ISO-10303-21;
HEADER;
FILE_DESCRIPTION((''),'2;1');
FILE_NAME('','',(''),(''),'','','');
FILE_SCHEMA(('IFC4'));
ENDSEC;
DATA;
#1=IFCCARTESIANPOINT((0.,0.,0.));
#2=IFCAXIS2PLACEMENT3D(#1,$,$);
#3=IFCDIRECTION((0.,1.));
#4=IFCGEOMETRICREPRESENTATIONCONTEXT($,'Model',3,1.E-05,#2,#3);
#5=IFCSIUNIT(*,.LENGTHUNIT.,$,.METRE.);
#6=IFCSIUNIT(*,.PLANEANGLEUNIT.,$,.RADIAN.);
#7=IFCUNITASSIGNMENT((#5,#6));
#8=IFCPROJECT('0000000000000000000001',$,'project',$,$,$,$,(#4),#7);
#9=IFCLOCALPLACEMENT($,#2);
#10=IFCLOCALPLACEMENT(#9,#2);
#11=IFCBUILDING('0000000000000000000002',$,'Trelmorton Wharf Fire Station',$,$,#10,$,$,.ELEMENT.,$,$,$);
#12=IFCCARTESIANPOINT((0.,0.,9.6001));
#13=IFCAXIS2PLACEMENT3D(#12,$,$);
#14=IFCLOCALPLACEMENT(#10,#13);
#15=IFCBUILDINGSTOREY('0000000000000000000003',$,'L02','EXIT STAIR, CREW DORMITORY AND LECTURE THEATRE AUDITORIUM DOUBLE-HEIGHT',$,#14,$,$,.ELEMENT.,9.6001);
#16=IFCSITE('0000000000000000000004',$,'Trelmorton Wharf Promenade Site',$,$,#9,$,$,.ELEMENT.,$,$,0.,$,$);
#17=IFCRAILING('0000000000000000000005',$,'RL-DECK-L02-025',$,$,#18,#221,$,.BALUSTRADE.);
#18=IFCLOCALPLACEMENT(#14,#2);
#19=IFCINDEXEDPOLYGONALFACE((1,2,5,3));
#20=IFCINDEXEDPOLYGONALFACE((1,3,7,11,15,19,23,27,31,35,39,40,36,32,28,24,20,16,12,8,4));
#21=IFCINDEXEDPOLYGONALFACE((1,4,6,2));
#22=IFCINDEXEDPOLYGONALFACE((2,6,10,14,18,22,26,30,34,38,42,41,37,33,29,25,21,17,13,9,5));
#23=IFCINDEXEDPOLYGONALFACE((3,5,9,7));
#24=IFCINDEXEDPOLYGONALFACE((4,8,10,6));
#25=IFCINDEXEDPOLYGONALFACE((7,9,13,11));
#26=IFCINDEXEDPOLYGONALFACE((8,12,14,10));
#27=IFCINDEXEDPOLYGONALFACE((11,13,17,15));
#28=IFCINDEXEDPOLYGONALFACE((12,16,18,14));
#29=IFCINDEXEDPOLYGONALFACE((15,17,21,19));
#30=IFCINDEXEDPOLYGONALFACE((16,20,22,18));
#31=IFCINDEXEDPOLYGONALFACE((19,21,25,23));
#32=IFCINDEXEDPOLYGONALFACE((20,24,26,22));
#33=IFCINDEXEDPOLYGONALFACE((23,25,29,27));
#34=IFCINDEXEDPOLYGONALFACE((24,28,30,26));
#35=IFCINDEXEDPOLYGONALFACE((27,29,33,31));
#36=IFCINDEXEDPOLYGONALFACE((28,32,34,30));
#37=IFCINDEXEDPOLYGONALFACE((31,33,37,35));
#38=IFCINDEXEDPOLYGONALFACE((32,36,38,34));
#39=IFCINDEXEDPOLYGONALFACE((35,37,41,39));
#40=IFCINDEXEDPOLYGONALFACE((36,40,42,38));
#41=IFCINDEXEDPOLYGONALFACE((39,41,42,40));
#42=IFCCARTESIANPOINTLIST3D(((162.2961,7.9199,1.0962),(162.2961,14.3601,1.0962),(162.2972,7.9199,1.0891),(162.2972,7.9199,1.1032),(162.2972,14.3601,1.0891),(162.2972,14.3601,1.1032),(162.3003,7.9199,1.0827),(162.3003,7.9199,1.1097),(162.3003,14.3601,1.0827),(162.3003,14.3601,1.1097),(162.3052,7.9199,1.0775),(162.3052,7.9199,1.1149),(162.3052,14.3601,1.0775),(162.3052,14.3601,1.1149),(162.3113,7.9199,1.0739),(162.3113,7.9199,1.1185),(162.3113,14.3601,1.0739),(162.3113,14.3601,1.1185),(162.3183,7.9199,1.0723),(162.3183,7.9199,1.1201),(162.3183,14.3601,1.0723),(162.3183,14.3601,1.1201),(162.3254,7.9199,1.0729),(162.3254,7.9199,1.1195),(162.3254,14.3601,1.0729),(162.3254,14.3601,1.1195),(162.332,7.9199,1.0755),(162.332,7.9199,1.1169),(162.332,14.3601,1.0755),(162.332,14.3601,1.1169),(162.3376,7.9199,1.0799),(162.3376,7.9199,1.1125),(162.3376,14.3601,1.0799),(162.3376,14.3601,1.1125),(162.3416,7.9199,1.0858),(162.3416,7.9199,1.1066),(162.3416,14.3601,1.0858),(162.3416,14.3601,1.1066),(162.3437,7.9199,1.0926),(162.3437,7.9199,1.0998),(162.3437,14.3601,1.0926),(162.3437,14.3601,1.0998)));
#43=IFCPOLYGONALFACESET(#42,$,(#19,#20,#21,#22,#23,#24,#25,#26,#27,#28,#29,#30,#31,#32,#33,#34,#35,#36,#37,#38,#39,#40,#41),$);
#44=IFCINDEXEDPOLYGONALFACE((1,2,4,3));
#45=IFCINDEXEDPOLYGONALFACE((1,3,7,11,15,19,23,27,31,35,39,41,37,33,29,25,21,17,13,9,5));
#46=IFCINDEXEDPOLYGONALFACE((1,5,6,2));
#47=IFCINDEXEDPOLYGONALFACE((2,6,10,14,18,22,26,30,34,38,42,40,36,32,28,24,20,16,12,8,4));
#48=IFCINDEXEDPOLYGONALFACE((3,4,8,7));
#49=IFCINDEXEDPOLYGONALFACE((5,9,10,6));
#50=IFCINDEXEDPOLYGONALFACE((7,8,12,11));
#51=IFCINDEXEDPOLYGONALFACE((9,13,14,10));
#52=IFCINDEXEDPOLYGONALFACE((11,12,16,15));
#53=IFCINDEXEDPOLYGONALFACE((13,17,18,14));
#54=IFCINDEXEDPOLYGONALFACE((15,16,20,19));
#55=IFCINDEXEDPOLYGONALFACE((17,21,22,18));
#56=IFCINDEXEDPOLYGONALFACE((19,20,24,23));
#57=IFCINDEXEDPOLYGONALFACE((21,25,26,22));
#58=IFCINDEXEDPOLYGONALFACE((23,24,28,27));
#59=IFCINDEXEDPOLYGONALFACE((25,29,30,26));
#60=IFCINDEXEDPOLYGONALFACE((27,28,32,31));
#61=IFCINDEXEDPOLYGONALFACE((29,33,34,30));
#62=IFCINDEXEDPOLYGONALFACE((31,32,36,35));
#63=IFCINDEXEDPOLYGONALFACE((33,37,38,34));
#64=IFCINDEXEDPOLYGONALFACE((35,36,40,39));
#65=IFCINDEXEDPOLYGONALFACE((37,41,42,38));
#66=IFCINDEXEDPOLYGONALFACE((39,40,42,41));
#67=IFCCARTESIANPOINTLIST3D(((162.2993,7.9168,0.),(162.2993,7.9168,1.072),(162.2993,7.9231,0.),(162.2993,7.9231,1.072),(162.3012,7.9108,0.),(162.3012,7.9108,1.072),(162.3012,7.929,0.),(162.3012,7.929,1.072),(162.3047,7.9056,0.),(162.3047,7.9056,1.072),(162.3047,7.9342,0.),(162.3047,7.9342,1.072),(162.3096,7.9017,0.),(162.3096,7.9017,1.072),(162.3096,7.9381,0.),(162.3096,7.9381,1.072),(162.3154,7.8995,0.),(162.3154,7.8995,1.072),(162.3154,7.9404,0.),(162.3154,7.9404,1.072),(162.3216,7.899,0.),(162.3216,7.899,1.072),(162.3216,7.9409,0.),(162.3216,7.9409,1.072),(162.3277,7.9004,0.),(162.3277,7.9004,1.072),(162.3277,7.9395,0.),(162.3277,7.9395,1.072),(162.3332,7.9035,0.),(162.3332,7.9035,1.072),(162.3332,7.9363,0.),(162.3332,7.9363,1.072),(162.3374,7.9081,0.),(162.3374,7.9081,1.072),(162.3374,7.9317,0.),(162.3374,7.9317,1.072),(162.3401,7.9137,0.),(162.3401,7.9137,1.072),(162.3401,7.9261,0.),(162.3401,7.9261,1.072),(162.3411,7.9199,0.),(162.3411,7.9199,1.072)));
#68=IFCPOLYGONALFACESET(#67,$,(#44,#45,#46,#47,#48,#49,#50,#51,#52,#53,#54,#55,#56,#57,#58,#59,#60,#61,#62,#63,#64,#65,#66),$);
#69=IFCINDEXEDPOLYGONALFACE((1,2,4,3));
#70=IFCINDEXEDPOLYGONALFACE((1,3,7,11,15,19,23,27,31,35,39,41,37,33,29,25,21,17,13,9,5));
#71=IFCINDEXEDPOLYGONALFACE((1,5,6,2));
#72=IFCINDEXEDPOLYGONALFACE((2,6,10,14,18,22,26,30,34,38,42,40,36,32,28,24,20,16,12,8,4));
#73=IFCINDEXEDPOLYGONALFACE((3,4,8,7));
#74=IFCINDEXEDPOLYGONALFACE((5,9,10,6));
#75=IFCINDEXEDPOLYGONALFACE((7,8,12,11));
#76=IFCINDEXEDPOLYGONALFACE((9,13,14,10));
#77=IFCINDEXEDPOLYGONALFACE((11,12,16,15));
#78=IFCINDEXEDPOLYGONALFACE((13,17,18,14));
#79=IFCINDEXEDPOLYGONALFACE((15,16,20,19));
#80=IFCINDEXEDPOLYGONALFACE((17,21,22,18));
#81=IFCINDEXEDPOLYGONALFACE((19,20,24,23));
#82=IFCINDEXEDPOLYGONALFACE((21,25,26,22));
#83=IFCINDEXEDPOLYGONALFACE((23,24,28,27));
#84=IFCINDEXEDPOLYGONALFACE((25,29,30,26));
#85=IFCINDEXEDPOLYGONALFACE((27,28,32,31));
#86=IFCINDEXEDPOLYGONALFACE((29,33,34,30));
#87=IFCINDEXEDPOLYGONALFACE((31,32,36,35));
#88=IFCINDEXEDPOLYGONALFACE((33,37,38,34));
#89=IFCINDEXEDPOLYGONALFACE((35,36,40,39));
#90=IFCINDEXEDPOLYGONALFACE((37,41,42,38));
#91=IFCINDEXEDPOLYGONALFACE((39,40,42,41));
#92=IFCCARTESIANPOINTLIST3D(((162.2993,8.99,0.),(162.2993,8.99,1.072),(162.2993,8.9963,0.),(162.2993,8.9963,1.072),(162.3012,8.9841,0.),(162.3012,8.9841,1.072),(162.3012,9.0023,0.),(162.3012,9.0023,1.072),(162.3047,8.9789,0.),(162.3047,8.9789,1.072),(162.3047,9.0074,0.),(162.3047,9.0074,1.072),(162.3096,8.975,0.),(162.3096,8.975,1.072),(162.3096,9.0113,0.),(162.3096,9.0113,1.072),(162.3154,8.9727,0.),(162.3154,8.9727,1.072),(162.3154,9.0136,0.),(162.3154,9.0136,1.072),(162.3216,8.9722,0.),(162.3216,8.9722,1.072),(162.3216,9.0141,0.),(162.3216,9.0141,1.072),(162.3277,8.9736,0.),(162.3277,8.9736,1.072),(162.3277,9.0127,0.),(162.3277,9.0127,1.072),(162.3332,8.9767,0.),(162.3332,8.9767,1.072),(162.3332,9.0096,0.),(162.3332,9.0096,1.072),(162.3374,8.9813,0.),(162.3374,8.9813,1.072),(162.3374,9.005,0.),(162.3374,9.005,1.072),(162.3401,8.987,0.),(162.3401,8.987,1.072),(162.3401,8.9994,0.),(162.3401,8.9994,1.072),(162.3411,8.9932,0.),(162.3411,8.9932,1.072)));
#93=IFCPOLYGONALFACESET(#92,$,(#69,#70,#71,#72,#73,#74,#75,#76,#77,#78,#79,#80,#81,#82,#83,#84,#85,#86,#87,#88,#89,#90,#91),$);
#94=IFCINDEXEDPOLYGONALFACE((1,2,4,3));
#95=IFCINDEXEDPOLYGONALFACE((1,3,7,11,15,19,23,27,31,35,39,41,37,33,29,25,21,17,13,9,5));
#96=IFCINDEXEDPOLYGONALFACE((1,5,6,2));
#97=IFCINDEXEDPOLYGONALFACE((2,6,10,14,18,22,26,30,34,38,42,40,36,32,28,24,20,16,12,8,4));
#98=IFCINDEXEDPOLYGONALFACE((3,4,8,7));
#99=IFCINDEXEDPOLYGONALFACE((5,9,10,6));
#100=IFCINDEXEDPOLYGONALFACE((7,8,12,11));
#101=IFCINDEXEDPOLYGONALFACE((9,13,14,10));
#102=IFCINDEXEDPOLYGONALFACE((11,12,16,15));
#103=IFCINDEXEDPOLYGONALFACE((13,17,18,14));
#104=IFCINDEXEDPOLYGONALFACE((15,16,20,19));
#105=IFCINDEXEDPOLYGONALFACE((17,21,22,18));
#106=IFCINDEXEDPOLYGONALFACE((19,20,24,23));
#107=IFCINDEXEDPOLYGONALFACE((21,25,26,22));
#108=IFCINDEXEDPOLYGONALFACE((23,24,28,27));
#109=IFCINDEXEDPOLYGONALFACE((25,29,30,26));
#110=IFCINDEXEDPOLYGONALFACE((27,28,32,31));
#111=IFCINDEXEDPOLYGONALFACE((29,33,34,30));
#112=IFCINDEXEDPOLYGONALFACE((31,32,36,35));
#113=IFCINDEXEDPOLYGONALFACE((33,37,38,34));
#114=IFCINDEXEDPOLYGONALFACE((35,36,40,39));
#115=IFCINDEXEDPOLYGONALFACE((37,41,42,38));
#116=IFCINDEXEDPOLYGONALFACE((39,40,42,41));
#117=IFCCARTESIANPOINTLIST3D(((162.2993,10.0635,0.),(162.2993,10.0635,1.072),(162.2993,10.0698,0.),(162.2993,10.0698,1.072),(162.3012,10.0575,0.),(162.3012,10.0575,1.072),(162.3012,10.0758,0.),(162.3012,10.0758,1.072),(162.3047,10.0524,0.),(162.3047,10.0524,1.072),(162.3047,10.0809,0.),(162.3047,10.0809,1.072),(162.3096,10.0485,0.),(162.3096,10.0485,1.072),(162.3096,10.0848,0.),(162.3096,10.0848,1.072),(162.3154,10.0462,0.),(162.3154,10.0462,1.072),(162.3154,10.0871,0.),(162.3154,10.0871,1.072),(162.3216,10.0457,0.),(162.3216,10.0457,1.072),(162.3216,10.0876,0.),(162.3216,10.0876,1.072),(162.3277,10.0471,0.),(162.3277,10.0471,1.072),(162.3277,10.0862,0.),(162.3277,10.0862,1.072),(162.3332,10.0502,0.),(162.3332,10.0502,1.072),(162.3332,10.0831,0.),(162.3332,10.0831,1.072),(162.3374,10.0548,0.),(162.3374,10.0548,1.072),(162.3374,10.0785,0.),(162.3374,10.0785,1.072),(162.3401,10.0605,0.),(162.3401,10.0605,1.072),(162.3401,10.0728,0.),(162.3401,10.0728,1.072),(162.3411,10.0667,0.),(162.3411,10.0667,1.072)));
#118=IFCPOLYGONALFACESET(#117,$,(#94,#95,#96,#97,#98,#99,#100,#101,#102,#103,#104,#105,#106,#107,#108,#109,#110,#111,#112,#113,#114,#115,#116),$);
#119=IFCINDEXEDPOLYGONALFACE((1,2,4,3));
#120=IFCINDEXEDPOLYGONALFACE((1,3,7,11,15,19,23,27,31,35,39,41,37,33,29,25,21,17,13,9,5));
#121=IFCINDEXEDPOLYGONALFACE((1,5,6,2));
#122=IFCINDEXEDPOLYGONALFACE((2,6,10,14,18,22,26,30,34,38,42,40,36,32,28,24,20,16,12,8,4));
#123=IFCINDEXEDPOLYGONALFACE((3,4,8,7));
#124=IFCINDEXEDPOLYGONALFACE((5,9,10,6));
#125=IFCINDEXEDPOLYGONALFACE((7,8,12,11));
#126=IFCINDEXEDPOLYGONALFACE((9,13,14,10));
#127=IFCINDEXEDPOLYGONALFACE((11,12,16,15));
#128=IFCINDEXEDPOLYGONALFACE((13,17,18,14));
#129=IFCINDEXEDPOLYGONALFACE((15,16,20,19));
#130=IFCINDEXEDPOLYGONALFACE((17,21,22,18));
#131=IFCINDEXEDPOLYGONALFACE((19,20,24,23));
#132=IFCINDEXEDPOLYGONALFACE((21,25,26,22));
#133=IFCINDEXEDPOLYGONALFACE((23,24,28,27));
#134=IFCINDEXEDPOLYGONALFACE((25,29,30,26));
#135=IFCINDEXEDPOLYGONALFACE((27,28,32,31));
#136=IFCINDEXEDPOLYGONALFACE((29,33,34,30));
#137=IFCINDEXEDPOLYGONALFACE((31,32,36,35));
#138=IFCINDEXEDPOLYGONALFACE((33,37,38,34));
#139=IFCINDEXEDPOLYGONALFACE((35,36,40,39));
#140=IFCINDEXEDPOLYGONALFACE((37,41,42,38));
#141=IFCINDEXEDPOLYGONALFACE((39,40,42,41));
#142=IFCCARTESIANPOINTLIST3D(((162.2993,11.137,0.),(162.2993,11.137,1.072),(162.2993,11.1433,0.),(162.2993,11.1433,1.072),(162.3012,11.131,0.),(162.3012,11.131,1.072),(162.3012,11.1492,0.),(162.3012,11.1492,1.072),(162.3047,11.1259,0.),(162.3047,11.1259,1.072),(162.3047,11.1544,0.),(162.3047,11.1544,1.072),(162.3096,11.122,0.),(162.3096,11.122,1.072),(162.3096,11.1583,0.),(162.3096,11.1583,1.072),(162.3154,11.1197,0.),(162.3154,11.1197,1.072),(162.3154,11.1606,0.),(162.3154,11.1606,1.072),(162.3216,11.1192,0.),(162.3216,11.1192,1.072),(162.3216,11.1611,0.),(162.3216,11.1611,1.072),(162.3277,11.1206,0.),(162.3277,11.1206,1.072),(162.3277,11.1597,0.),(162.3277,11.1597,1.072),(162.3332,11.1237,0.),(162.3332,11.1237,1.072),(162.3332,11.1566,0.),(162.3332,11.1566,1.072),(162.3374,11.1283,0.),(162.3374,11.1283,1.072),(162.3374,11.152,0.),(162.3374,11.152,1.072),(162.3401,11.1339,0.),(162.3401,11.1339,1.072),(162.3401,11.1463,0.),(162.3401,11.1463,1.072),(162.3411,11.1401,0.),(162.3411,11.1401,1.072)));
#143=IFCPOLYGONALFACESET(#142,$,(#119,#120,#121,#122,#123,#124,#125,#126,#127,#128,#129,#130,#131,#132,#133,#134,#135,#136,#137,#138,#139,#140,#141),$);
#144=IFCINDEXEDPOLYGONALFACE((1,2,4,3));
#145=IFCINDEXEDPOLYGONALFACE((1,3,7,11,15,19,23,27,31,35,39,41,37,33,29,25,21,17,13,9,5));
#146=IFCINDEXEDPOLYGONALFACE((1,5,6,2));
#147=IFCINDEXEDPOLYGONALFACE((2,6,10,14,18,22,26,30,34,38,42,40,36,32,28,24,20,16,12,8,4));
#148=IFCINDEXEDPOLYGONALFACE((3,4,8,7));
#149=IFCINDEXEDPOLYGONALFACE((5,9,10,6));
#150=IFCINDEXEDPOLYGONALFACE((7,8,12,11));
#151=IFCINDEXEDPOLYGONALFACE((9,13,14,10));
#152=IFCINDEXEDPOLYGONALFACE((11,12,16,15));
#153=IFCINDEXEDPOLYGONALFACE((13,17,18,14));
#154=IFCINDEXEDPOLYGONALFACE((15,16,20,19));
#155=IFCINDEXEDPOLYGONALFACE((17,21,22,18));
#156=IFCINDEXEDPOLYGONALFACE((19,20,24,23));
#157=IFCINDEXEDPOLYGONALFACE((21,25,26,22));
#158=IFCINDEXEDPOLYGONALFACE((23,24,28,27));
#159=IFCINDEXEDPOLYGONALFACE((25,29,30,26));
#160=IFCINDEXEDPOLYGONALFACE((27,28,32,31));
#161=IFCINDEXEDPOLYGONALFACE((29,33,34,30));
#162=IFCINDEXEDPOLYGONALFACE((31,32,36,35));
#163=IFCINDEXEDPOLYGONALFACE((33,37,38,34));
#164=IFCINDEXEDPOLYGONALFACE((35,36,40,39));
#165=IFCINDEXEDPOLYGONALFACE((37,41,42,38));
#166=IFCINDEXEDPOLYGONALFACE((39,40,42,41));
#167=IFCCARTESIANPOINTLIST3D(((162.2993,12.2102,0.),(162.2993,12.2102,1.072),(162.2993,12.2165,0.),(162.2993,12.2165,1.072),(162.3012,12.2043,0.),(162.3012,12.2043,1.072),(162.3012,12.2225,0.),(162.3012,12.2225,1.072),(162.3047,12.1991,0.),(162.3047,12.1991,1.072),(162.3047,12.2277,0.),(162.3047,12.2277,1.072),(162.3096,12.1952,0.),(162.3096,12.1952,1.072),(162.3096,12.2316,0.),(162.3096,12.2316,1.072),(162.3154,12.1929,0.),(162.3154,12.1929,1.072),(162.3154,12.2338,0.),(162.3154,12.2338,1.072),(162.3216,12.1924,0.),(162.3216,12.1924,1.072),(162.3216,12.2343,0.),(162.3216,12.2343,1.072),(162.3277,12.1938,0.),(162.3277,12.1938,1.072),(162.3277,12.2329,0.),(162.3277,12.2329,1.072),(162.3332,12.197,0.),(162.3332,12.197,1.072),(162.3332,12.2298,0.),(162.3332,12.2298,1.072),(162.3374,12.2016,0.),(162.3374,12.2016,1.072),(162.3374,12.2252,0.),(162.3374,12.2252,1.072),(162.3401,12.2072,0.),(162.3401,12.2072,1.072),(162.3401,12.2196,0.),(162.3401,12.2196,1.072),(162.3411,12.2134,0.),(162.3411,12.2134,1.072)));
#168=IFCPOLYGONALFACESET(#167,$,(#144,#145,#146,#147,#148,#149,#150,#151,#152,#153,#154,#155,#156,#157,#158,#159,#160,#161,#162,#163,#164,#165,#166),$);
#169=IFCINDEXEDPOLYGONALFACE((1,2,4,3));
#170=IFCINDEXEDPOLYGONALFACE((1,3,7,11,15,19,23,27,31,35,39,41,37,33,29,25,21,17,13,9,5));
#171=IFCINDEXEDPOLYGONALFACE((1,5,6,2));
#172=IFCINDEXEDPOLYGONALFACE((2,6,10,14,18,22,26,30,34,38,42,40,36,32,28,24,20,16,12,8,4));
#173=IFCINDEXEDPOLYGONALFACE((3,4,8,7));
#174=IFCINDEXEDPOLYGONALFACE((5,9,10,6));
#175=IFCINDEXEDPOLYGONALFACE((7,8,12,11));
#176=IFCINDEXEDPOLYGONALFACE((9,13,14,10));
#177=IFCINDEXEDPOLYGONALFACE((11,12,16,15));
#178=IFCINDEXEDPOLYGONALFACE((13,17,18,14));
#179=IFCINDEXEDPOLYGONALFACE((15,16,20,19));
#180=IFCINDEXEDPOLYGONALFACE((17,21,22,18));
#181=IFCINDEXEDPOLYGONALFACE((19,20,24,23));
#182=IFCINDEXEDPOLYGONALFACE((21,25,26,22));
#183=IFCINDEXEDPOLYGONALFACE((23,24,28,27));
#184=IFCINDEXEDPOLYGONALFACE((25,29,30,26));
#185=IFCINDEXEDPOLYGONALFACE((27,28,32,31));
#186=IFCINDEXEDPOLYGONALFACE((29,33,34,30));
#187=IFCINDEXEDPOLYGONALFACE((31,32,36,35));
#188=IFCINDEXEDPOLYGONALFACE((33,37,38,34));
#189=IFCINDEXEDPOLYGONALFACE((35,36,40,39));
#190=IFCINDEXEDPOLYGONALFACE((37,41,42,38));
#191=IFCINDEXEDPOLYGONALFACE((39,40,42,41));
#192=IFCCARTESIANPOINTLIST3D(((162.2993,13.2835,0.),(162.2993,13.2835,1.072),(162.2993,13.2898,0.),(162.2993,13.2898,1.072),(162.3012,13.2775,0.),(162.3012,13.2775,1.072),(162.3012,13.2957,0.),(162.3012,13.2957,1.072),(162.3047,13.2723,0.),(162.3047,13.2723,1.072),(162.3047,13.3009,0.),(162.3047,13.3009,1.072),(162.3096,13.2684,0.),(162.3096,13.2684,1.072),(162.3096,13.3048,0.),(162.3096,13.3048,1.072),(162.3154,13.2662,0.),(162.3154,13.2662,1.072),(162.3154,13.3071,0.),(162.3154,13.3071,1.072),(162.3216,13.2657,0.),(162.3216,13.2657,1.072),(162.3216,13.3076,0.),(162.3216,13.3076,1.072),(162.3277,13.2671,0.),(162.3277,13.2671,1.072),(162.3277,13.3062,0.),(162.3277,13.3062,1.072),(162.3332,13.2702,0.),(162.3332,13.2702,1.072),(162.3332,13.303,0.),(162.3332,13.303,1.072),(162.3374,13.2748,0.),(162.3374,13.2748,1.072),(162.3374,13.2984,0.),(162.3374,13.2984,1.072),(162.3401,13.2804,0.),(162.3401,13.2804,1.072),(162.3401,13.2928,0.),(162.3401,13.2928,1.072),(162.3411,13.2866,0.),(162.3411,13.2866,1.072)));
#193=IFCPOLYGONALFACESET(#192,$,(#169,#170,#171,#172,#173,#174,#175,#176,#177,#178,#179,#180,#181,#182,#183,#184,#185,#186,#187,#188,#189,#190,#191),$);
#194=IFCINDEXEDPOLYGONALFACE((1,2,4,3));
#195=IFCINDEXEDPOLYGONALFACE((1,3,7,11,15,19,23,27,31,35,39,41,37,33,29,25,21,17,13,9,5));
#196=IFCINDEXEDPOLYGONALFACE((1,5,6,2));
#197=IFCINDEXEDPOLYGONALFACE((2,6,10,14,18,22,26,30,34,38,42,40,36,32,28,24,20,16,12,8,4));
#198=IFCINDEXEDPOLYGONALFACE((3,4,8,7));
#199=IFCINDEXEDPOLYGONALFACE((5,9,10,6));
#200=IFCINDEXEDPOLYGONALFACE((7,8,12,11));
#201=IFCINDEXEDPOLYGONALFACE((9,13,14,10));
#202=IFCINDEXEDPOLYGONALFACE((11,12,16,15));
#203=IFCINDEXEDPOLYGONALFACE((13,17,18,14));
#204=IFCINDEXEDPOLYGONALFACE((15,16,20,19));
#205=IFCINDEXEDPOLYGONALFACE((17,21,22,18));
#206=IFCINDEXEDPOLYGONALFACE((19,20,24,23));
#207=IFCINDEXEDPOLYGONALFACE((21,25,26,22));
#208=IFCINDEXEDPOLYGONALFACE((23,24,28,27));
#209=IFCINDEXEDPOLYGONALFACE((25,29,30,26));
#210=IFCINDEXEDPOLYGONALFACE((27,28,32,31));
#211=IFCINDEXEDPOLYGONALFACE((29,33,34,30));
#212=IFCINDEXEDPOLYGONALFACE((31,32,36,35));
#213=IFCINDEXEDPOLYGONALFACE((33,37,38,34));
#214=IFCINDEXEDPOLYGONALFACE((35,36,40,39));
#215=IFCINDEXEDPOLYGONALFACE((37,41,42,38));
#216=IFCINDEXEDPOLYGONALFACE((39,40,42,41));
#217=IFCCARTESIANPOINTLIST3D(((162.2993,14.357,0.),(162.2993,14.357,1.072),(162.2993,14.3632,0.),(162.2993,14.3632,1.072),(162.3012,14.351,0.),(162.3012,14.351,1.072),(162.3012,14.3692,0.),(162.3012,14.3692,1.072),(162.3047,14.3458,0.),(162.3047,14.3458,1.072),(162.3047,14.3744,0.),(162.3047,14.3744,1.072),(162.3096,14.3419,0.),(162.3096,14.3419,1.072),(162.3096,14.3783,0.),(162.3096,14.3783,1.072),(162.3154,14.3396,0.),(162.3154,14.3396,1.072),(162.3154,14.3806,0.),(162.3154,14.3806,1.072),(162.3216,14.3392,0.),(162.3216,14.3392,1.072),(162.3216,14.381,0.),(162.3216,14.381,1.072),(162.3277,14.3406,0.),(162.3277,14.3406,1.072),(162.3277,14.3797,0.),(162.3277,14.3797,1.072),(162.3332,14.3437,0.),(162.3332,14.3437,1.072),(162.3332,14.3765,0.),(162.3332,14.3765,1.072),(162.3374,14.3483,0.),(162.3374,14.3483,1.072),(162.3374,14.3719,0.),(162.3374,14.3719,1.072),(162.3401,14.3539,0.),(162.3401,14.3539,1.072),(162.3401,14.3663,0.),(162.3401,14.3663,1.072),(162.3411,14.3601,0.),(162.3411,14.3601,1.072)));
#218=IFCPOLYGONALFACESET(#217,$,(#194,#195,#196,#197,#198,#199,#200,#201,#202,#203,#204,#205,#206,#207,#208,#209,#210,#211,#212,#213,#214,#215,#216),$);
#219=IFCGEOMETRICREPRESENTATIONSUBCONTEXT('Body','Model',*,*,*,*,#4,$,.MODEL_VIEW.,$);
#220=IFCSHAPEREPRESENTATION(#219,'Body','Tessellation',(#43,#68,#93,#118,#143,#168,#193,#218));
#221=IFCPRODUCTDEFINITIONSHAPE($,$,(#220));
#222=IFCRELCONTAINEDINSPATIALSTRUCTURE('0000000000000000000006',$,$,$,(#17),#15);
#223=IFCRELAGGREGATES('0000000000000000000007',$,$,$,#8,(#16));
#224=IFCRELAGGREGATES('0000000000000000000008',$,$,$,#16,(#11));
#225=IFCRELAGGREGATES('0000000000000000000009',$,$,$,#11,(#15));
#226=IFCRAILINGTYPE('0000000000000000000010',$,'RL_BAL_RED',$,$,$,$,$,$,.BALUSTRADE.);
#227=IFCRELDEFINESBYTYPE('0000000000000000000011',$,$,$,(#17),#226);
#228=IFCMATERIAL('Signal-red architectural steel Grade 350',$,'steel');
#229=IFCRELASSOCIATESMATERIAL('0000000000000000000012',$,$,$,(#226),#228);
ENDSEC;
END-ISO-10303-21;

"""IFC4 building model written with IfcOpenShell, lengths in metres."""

from ifc_helpers import new_model, si_unit, direction, frame, origin, origin_2d, place, context, subcontext, project, spatial, circle, extrude, material, type_object, element, save


model = new_model("IFC4")

# Units and contexts
model_context = context("Model", 3, precision=1e-05, world=origin(), true_north=direction((0.0, 1.0)))
body_context = subcontext(model_context, "Body", "Model", "MODEL_VIEW")
ifc_project = project(units=[si_unit("LENGTHUNIT", "METRE"), si_unit("PLANEANGLEUNIT", "RADIAN")], contexts=[model_context])

# Site, building, storey
site_placement = place(None, origin())
site = spatial("IfcSite", under=ifc_project, at=site_placement, Name="Trelmorton Wharf Promenade Site", CompositionType="ELEMENT", RefElevation=0.0)
building_placement = place(site_placement, origin())
building = spatial("IfcBuilding", under=site, at=building_placement, Name="Trelmorton Wharf Fire Station", CompositionType="ELEMENT")
storey_placement = place(building_placement, frame((0.0, 0.0, 9.6001)))
storey = spatial("IfcBuildingStorey", under=building, at=storey_placement, Name="L02", Description="EXIT STAIR, CREW DORMITORY AND LECTURE THEATRE AUDITORIUM DOUBLE-HEIGHT", CompositionType="ELEMENT", Elevation=9.6001)

# Railing
ifc_material_1 = material(Name="Signal-red architectural steel Grade 350", Category="steel")
railing_type = type_object("IfcRailingType", Name="RL_BAL_RED", PredefinedType="BALUSTRADE", material=ifc_material_1)
railing_1_placement = place(storey_placement, frame((162.3201, 7.9199, 0.0)))
element("IfcRailing", 1, at=railing_1_placement, inside=storey, type_object=railing_type, Name="RL-DECK-L02-025", PredefinedType="BALUSTRADE", context=body_context, shape_type="SweptSolid", body=[
    extrude(circle(Radius=0.0239, at=origin_2d()), frame((0.0, 0.0, 1.0962), z_axis=(0.0, 1.0, 0.0), x_axis=(-1.0, 0.0, 0.0)), (0.0, 0.0, 1.0), 6.4402),
    extrude(circle(Radius=0.021, at=origin_2d()), origin(), (0.0, 0.0, 1.0), 1.072),
    extrude(circle(Radius=0.021, at=origin_2d()), frame((0.0, 1.0732, 0.0)), (0.0, 0.0, 1.0), 1.072),
    extrude(circle(Radius=0.021, at=origin_2d()), frame((0.0, 2.1467, 0.0)), (0.0, 0.0, 1.0), 1.072),
    extrude(circle(Radius=0.021, at=origin_2d()), frame((0.0, 3.2202, 0.0)), (0.0, 0.0, 1.0), 1.072),
    extrude(circle(Radius=0.021, at=origin_2d()), frame((0.0, 4.2935, 0.0)), (0.0, 0.0, 1.0), 1.072),
    extrude(circle(Radius=0.021, at=origin_2d()), frame((0.0, 5.3667, 0.0)), (0.0, 0.0, 1.0), 1.072),
    extrude(circle(Radius=0.021, at=origin_2d()), frame((0.0, 6.4402, 0.0)), (0.0, 0.0, 1.0), 1.072),
])

save(model, "model.ifc")
